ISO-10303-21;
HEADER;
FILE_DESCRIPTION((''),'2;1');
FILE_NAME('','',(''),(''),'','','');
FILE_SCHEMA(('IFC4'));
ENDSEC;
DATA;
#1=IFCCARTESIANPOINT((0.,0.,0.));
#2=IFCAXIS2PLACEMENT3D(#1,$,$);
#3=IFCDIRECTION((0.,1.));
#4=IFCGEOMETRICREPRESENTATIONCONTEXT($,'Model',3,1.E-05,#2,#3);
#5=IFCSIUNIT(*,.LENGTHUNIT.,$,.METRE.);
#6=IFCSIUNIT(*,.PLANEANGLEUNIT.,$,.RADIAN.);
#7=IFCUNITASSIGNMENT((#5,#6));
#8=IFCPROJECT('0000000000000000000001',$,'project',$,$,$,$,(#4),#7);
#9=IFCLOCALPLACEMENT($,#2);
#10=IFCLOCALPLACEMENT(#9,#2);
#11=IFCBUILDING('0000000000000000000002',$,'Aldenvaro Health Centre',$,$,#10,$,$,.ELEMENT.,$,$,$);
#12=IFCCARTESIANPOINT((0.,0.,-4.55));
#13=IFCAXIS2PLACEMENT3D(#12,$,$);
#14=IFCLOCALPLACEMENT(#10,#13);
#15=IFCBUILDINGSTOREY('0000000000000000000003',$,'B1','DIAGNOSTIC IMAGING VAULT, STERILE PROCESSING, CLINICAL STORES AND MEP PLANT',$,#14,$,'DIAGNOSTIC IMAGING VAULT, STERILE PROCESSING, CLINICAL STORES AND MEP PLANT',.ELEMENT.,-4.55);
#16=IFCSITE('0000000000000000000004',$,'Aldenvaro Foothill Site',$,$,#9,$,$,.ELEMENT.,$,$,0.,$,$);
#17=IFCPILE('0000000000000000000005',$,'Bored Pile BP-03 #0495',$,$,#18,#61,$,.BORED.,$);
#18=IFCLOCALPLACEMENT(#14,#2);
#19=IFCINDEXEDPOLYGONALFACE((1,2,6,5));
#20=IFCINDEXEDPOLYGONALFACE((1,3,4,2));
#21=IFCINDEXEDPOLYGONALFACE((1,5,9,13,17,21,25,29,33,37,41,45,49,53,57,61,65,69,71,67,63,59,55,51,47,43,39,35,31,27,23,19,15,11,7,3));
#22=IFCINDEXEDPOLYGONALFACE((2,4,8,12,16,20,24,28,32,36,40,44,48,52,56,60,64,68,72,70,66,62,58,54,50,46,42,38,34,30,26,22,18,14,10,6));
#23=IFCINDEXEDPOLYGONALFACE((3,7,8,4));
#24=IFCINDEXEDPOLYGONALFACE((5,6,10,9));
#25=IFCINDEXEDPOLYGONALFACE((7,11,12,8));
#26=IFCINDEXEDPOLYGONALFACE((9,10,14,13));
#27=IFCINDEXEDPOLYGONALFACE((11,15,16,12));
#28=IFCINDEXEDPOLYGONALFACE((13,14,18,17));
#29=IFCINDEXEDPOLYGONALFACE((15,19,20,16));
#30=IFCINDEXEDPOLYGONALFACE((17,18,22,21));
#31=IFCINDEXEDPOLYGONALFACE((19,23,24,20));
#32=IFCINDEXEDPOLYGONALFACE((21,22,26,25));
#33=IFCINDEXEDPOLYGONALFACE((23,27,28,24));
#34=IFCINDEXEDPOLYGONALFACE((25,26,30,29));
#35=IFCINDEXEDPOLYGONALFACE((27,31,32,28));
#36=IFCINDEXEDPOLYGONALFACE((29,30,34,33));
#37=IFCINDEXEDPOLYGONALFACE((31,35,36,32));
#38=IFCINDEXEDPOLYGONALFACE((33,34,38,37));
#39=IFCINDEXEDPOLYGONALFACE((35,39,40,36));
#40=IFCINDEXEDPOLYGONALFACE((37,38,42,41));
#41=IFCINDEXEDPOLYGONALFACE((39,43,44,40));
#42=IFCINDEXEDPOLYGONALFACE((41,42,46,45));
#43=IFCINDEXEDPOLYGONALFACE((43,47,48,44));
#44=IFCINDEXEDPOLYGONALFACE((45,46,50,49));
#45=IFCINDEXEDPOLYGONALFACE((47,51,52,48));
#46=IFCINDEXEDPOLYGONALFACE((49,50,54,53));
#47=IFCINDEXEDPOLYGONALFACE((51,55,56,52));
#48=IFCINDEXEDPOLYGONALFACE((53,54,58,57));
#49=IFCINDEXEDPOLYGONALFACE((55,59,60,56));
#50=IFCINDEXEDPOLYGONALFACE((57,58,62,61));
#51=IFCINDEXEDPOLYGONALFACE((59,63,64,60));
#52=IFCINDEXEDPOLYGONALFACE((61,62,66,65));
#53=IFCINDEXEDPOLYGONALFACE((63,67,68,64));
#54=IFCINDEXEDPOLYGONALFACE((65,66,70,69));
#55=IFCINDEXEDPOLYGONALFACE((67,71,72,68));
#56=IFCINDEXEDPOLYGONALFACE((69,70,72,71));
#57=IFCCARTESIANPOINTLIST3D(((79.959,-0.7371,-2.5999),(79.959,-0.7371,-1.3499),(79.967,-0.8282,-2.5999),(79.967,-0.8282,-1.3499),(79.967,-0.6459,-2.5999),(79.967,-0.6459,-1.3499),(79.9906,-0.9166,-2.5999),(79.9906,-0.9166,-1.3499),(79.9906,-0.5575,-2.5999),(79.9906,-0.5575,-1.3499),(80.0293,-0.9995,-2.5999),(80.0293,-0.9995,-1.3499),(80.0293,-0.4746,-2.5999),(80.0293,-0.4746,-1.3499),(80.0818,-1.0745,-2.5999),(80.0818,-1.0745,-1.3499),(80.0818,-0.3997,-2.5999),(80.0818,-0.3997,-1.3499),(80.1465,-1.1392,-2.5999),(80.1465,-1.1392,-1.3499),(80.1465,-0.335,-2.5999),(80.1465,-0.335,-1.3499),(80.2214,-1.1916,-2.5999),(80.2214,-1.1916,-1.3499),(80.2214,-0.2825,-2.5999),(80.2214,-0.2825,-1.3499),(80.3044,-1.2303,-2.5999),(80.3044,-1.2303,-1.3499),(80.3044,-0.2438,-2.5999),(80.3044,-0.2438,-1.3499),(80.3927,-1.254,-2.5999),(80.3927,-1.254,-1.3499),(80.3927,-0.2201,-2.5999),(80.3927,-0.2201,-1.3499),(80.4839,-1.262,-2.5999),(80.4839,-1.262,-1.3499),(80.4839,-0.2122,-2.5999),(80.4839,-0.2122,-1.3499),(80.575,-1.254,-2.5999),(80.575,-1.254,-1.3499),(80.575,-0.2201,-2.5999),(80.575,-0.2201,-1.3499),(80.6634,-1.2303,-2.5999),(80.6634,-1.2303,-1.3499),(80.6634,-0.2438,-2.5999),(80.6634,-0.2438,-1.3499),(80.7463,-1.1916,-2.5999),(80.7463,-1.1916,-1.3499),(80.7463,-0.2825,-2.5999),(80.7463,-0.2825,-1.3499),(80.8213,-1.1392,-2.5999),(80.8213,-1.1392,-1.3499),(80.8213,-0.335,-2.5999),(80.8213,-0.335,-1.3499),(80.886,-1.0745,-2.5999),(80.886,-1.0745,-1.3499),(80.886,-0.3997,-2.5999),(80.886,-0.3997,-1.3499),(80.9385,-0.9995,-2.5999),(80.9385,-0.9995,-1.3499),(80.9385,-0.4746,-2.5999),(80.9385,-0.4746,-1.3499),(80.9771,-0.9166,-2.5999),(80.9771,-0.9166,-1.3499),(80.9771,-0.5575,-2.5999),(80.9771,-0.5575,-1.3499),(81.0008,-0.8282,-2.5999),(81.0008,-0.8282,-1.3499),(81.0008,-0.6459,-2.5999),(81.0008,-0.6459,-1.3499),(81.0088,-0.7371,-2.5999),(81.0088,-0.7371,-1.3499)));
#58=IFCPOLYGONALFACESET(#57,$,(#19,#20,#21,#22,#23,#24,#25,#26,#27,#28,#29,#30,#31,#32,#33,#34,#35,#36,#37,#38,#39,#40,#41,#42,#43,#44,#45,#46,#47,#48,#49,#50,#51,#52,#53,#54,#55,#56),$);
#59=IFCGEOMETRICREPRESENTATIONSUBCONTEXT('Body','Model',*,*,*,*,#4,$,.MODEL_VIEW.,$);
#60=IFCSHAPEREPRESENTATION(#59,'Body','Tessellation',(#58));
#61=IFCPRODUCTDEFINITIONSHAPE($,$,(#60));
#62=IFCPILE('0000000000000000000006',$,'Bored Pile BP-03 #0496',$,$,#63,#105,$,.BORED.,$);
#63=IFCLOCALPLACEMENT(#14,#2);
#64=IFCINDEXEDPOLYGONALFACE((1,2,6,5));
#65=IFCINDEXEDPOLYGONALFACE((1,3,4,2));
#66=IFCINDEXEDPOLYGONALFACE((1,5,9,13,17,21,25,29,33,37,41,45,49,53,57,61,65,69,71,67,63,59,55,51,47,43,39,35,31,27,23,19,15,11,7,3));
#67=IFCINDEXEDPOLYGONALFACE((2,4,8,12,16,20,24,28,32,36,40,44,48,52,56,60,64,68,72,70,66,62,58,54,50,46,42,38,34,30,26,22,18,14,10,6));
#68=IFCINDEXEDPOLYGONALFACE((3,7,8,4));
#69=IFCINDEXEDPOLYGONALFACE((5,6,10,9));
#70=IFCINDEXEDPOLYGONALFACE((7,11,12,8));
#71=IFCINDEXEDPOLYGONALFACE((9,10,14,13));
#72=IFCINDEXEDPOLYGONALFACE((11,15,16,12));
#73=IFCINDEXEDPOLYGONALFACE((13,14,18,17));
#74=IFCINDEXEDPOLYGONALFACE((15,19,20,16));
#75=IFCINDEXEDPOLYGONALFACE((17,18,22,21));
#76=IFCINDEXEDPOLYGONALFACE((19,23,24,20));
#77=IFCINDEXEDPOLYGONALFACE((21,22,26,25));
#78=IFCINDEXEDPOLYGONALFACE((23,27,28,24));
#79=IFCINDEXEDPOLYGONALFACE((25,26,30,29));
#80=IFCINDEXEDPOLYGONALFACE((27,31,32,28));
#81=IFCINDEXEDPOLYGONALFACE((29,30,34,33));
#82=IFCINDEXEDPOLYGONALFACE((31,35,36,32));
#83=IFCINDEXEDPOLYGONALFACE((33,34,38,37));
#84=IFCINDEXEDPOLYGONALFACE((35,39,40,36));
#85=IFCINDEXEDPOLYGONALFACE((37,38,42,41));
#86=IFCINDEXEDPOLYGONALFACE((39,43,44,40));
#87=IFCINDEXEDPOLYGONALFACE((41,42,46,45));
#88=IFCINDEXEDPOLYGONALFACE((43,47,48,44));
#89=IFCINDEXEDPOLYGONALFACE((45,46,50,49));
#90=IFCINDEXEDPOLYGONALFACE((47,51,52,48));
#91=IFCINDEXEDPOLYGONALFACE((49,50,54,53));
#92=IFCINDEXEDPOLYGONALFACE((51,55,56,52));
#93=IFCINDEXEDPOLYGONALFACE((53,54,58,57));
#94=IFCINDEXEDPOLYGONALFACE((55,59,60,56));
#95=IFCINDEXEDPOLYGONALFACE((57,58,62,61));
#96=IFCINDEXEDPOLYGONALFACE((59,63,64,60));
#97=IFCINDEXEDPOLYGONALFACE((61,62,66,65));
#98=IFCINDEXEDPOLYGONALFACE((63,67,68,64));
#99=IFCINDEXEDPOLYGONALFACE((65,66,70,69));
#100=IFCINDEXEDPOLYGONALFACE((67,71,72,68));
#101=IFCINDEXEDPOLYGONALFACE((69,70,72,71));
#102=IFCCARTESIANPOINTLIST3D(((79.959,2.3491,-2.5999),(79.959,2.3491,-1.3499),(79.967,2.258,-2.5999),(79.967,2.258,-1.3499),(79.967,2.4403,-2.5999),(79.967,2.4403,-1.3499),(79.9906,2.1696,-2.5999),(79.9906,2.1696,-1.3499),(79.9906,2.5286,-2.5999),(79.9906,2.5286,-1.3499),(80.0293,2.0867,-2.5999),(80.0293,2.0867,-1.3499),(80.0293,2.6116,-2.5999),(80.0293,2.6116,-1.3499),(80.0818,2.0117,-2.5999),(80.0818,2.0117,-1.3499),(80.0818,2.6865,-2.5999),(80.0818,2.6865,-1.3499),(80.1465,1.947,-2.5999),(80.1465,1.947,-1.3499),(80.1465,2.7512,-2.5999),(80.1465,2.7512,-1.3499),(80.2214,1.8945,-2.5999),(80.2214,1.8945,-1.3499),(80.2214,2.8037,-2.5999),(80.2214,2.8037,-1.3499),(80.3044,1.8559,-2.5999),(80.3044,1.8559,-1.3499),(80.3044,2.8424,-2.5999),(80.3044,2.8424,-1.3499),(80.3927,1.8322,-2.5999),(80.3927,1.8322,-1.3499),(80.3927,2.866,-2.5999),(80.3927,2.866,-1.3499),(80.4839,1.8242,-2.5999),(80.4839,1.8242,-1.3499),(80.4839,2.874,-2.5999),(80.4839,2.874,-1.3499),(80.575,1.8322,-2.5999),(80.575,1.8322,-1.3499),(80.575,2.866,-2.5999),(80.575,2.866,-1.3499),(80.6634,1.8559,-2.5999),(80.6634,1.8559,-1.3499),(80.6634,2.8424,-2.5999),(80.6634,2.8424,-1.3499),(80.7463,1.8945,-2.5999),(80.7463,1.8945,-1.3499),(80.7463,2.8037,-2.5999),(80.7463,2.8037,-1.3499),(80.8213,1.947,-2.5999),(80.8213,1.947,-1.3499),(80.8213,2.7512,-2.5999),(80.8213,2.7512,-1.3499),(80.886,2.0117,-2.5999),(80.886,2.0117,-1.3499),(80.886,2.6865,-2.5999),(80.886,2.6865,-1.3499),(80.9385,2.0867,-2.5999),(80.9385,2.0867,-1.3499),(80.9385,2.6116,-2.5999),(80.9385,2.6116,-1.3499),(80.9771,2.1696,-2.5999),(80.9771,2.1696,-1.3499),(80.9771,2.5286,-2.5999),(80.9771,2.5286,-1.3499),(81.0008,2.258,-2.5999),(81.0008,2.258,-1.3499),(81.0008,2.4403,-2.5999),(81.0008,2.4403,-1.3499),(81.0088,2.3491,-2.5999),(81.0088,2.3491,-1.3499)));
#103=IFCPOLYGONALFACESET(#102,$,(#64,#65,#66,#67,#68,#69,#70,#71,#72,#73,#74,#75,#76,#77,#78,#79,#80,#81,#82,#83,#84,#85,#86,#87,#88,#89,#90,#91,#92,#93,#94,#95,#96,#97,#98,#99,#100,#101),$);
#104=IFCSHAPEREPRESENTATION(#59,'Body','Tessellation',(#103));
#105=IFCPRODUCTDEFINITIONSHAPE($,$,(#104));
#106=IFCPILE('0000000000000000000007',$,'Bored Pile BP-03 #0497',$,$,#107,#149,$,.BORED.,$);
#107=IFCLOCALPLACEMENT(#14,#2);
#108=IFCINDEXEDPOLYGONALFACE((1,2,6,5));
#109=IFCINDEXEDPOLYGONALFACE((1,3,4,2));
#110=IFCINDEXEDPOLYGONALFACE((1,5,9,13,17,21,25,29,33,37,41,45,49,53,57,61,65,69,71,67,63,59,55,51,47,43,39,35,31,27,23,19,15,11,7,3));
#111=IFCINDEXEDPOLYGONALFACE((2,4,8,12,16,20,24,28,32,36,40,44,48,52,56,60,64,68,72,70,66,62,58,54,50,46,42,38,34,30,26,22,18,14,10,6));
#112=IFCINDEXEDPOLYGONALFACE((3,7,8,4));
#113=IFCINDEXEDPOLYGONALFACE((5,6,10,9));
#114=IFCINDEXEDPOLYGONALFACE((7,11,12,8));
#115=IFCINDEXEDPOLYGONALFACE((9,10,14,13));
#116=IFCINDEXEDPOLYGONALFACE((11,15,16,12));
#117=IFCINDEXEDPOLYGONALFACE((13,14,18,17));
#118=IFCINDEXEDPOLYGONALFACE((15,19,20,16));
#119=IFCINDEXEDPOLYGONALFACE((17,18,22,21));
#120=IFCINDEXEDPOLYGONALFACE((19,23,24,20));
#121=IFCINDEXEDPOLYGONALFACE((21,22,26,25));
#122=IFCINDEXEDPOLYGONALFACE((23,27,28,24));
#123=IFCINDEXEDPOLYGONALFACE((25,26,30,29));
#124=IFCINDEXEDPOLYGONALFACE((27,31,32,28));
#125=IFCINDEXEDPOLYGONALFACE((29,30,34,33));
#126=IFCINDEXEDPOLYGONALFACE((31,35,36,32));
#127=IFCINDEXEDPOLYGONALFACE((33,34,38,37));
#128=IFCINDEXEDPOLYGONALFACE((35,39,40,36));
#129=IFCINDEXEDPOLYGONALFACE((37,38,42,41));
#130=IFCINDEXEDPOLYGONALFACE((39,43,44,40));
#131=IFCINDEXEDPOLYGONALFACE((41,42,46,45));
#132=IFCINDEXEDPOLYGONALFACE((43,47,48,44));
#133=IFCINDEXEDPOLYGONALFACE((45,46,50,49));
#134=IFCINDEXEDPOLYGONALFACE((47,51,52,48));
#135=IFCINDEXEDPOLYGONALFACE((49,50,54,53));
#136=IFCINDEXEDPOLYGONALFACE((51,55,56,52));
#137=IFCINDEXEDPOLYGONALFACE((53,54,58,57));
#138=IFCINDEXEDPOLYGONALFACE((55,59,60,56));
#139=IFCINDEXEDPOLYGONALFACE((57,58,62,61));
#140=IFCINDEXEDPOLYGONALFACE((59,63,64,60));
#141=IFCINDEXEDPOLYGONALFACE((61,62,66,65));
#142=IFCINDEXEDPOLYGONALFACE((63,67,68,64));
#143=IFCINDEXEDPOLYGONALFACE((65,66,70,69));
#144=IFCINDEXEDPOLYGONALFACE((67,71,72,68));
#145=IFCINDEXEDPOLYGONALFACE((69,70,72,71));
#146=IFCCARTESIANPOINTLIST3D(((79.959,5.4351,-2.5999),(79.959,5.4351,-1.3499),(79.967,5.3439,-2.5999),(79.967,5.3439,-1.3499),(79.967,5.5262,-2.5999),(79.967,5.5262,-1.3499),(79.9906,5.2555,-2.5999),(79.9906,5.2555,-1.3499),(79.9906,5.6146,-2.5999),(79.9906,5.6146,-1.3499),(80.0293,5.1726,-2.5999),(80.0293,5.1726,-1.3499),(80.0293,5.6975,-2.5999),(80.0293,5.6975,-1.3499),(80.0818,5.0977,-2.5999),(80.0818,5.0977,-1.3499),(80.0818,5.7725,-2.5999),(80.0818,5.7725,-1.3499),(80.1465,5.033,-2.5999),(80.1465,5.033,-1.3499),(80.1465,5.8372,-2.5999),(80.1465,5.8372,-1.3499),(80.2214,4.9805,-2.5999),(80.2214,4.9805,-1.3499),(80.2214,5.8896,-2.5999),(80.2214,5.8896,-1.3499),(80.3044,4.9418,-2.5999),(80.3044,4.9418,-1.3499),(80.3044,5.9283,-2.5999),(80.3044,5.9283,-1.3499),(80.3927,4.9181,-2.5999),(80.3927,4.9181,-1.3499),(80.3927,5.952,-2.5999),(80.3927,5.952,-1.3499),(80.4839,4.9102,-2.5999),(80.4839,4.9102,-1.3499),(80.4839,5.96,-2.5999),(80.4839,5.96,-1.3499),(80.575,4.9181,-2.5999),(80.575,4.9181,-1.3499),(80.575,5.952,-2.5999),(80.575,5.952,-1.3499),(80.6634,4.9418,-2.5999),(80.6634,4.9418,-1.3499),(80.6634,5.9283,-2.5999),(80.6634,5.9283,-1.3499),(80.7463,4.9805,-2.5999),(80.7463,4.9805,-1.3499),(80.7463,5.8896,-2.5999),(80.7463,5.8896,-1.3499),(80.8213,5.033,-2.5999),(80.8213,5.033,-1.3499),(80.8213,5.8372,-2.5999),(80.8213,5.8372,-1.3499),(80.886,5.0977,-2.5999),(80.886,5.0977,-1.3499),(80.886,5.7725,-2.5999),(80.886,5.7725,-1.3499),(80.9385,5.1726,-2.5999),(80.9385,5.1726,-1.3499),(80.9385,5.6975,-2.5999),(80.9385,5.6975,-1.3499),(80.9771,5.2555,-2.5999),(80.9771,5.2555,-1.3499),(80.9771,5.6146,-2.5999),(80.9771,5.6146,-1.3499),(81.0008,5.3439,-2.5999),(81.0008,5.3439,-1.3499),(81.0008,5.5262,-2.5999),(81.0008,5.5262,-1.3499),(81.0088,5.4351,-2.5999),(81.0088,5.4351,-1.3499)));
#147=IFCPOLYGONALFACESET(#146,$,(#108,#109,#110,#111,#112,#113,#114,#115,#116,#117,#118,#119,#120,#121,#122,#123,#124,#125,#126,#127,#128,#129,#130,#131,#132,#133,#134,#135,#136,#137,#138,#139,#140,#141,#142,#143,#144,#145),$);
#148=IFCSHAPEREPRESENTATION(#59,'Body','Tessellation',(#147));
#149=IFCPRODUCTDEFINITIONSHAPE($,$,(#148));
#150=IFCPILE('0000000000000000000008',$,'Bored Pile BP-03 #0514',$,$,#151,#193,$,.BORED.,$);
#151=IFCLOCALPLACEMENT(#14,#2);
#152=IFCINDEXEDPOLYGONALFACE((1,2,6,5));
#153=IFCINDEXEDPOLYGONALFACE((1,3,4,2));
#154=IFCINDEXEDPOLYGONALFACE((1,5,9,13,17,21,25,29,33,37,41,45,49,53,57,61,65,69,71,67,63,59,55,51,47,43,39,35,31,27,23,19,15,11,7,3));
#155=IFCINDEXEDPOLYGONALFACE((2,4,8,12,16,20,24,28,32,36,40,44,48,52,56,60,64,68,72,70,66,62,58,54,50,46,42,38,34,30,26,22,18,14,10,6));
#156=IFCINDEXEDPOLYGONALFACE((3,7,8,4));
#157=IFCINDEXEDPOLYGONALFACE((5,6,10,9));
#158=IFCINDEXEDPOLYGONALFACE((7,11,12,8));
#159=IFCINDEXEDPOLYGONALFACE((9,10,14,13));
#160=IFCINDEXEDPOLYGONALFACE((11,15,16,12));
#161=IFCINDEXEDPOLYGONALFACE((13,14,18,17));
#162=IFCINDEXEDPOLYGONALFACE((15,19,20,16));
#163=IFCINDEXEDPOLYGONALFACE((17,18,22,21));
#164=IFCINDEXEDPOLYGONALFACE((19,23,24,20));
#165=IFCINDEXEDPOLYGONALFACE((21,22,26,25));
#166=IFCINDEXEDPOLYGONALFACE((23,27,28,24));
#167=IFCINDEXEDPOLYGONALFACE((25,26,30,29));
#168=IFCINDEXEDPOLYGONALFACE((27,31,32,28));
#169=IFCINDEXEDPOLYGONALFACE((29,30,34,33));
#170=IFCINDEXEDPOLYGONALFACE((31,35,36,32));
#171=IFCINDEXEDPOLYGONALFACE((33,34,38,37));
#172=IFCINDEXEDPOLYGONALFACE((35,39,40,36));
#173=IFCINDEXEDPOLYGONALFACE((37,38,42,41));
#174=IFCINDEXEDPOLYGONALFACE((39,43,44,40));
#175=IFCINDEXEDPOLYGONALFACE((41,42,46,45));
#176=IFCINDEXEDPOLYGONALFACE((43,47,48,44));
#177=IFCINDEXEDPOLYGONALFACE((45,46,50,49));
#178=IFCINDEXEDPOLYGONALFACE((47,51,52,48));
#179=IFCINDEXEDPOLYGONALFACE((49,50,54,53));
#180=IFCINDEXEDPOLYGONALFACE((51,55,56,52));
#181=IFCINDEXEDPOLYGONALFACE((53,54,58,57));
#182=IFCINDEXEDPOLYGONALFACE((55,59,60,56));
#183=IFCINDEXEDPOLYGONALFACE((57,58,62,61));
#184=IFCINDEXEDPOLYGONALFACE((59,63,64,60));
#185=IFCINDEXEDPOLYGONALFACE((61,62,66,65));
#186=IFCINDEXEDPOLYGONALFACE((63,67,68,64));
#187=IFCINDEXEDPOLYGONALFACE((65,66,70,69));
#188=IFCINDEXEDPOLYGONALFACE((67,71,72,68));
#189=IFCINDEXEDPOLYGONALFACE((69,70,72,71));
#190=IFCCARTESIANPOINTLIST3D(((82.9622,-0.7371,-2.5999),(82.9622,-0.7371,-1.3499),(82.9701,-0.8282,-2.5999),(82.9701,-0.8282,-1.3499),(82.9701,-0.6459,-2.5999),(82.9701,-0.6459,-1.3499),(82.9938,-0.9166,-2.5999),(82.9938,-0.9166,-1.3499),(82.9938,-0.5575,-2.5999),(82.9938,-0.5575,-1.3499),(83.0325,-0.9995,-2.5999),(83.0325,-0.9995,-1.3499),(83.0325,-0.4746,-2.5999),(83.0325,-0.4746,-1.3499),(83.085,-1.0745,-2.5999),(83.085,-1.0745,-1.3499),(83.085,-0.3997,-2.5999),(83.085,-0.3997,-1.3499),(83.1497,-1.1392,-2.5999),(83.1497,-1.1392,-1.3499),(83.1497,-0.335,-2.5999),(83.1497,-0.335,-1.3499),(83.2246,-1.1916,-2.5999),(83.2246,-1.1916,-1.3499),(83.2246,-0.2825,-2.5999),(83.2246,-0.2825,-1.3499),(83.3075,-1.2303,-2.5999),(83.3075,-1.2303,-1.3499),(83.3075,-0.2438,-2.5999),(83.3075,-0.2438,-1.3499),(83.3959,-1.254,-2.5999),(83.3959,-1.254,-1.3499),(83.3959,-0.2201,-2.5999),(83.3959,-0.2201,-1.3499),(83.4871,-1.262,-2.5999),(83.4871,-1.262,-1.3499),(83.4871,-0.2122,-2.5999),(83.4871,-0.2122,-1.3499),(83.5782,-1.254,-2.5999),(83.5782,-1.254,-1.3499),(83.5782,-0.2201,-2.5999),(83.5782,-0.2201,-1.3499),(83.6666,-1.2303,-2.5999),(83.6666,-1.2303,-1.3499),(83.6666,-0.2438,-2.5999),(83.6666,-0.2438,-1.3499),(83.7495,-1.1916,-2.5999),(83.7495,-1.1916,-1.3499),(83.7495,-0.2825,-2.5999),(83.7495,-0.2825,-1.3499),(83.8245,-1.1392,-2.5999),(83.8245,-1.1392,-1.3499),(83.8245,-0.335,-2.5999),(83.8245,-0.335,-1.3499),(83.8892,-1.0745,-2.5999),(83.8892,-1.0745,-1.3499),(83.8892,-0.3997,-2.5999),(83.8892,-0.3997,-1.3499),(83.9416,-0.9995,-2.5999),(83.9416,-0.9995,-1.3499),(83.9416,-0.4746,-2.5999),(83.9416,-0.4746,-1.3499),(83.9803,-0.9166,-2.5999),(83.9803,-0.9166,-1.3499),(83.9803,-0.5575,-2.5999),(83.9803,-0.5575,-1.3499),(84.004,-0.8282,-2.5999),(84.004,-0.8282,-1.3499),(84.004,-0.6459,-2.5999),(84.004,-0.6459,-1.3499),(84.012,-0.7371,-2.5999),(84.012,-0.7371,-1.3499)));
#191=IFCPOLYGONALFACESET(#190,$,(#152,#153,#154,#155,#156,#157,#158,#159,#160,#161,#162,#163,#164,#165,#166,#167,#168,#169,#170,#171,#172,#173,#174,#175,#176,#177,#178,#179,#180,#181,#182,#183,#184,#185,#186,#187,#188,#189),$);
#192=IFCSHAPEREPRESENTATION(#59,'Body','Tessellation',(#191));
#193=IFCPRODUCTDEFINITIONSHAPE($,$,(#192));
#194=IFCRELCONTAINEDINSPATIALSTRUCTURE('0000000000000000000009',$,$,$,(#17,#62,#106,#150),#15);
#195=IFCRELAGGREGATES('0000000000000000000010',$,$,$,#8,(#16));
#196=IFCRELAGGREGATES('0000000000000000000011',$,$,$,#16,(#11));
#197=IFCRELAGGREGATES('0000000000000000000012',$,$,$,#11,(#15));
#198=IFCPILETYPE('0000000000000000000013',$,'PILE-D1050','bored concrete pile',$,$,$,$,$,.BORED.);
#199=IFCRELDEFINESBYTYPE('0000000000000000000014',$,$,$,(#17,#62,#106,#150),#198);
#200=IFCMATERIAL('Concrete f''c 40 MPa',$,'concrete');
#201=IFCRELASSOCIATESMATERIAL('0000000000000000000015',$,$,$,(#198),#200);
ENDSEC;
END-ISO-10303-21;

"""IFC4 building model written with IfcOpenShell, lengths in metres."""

from ifc_helpers import new_model, si_unit, direction, frame, origin, origin_2d, place, context, subcontext, project, spatial, circle, extrude, material, material_profile, profile_set, type_object, element, save


model = new_model("IFC4")

# Units and contexts
model_context = context("Model", 3, precision=1e-05, world=origin(), true_north=direction((0.0, 1.0)))
body_context = subcontext(model_context, "Body", "Model", "MODEL_VIEW")
ifc_project = project(units=[si_unit("LENGTHUNIT", "METRE"), si_unit("PLANEANGLEUNIT", "RADIAN")], contexts=[model_context])

# Site, building, storey
site_placement = place(None, origin())
site = spatial("IfcSite", under=ifc_project, at=site_placement, Name="Aldenvaro Foothill Site", CompositionType="ELEMENT", RefElevation=0.0)
building_placement = place(site_placement, origin())
building = spatial("IfcBuilding", under=site, at=building_placement, Name="Aldenvaro Health Centre", CompositionType="ELEMENT")
storey_placement = place(building_placement, frame((0.0, 0.0, -4.55)))
storey = spatial("IfcBuildingStorey", under=building, at=storey_placement, Name="B1", Description="DIAGNOSTIC IMAGING VAULT, STERILE PROCESSING, CLINICAL STORES AND MEP PLANT", LongName="DIAGNOSTIC IMAGING VAULT, STERILE PROCESSING, CLINICAL STORES AND MEP PLANT", CompositionType="ELEMENT", Elevation=-4.55)

# Piles
ifc_material_1 = material(Name="Concrete f'c 40 MPa", Category="concrete")
ifc_material_profile_1 = material_profile(ifc_material_1, circle(Radius=0.5249, at=origin_2d()), Name="PILE D1050", Category="concrete")
ifc_profile_set_1 = profile_set([ifc_material_profile_1], Name="Concrete f'c 40 MPa")
pile_type = type_object("IfcPileType", Name="PILE-D1050", Description="bored concrete pile", PredefinedType="BORED", material=ifc_profile_set_1)
for number, where, z_axis, x_axis, name in (
    (1, (80.4839, -0.7371, -1.3499), (0.0, 0.0, -1.0), (1.0, 0.0, 0.0), "Bored Pile BP-03 #0495"),
    (2, (80.4839, 2.3491, -1.3499), (0.0, 0.0, -1.0), (1.0, 0.0, 0.0), "Bored Pile BP-03 #0496"),
    (3, (80.4839, 5.4351, -1.3499), (0.0, 0.0, -1.0), (1.0, 0.0, 0.0), "Bored Pile BP-03 #0497"),
    (4, (83.4871, -0.7371, -1.3499), (0.0, 0.0, -1.0), (1.0, 0.0, 0.0), "Bored Pile BP-03 #0514"),
):
    element("IfcPile", number, at=place(storey_placement, frame(where, z_axis=z_axis, x_axis=x_axis)), inside=storey, type_object=pile_type, Name=name, PredefinedType="BORED", context=body_context, shape_type="SweptSolid", body=[
        extrude(circle(Radius=0.5249, at=origin_2d()), origin(), (0.0, 0.0, 1.0), 1.25),
    ])

save(model, "model.ifc")
